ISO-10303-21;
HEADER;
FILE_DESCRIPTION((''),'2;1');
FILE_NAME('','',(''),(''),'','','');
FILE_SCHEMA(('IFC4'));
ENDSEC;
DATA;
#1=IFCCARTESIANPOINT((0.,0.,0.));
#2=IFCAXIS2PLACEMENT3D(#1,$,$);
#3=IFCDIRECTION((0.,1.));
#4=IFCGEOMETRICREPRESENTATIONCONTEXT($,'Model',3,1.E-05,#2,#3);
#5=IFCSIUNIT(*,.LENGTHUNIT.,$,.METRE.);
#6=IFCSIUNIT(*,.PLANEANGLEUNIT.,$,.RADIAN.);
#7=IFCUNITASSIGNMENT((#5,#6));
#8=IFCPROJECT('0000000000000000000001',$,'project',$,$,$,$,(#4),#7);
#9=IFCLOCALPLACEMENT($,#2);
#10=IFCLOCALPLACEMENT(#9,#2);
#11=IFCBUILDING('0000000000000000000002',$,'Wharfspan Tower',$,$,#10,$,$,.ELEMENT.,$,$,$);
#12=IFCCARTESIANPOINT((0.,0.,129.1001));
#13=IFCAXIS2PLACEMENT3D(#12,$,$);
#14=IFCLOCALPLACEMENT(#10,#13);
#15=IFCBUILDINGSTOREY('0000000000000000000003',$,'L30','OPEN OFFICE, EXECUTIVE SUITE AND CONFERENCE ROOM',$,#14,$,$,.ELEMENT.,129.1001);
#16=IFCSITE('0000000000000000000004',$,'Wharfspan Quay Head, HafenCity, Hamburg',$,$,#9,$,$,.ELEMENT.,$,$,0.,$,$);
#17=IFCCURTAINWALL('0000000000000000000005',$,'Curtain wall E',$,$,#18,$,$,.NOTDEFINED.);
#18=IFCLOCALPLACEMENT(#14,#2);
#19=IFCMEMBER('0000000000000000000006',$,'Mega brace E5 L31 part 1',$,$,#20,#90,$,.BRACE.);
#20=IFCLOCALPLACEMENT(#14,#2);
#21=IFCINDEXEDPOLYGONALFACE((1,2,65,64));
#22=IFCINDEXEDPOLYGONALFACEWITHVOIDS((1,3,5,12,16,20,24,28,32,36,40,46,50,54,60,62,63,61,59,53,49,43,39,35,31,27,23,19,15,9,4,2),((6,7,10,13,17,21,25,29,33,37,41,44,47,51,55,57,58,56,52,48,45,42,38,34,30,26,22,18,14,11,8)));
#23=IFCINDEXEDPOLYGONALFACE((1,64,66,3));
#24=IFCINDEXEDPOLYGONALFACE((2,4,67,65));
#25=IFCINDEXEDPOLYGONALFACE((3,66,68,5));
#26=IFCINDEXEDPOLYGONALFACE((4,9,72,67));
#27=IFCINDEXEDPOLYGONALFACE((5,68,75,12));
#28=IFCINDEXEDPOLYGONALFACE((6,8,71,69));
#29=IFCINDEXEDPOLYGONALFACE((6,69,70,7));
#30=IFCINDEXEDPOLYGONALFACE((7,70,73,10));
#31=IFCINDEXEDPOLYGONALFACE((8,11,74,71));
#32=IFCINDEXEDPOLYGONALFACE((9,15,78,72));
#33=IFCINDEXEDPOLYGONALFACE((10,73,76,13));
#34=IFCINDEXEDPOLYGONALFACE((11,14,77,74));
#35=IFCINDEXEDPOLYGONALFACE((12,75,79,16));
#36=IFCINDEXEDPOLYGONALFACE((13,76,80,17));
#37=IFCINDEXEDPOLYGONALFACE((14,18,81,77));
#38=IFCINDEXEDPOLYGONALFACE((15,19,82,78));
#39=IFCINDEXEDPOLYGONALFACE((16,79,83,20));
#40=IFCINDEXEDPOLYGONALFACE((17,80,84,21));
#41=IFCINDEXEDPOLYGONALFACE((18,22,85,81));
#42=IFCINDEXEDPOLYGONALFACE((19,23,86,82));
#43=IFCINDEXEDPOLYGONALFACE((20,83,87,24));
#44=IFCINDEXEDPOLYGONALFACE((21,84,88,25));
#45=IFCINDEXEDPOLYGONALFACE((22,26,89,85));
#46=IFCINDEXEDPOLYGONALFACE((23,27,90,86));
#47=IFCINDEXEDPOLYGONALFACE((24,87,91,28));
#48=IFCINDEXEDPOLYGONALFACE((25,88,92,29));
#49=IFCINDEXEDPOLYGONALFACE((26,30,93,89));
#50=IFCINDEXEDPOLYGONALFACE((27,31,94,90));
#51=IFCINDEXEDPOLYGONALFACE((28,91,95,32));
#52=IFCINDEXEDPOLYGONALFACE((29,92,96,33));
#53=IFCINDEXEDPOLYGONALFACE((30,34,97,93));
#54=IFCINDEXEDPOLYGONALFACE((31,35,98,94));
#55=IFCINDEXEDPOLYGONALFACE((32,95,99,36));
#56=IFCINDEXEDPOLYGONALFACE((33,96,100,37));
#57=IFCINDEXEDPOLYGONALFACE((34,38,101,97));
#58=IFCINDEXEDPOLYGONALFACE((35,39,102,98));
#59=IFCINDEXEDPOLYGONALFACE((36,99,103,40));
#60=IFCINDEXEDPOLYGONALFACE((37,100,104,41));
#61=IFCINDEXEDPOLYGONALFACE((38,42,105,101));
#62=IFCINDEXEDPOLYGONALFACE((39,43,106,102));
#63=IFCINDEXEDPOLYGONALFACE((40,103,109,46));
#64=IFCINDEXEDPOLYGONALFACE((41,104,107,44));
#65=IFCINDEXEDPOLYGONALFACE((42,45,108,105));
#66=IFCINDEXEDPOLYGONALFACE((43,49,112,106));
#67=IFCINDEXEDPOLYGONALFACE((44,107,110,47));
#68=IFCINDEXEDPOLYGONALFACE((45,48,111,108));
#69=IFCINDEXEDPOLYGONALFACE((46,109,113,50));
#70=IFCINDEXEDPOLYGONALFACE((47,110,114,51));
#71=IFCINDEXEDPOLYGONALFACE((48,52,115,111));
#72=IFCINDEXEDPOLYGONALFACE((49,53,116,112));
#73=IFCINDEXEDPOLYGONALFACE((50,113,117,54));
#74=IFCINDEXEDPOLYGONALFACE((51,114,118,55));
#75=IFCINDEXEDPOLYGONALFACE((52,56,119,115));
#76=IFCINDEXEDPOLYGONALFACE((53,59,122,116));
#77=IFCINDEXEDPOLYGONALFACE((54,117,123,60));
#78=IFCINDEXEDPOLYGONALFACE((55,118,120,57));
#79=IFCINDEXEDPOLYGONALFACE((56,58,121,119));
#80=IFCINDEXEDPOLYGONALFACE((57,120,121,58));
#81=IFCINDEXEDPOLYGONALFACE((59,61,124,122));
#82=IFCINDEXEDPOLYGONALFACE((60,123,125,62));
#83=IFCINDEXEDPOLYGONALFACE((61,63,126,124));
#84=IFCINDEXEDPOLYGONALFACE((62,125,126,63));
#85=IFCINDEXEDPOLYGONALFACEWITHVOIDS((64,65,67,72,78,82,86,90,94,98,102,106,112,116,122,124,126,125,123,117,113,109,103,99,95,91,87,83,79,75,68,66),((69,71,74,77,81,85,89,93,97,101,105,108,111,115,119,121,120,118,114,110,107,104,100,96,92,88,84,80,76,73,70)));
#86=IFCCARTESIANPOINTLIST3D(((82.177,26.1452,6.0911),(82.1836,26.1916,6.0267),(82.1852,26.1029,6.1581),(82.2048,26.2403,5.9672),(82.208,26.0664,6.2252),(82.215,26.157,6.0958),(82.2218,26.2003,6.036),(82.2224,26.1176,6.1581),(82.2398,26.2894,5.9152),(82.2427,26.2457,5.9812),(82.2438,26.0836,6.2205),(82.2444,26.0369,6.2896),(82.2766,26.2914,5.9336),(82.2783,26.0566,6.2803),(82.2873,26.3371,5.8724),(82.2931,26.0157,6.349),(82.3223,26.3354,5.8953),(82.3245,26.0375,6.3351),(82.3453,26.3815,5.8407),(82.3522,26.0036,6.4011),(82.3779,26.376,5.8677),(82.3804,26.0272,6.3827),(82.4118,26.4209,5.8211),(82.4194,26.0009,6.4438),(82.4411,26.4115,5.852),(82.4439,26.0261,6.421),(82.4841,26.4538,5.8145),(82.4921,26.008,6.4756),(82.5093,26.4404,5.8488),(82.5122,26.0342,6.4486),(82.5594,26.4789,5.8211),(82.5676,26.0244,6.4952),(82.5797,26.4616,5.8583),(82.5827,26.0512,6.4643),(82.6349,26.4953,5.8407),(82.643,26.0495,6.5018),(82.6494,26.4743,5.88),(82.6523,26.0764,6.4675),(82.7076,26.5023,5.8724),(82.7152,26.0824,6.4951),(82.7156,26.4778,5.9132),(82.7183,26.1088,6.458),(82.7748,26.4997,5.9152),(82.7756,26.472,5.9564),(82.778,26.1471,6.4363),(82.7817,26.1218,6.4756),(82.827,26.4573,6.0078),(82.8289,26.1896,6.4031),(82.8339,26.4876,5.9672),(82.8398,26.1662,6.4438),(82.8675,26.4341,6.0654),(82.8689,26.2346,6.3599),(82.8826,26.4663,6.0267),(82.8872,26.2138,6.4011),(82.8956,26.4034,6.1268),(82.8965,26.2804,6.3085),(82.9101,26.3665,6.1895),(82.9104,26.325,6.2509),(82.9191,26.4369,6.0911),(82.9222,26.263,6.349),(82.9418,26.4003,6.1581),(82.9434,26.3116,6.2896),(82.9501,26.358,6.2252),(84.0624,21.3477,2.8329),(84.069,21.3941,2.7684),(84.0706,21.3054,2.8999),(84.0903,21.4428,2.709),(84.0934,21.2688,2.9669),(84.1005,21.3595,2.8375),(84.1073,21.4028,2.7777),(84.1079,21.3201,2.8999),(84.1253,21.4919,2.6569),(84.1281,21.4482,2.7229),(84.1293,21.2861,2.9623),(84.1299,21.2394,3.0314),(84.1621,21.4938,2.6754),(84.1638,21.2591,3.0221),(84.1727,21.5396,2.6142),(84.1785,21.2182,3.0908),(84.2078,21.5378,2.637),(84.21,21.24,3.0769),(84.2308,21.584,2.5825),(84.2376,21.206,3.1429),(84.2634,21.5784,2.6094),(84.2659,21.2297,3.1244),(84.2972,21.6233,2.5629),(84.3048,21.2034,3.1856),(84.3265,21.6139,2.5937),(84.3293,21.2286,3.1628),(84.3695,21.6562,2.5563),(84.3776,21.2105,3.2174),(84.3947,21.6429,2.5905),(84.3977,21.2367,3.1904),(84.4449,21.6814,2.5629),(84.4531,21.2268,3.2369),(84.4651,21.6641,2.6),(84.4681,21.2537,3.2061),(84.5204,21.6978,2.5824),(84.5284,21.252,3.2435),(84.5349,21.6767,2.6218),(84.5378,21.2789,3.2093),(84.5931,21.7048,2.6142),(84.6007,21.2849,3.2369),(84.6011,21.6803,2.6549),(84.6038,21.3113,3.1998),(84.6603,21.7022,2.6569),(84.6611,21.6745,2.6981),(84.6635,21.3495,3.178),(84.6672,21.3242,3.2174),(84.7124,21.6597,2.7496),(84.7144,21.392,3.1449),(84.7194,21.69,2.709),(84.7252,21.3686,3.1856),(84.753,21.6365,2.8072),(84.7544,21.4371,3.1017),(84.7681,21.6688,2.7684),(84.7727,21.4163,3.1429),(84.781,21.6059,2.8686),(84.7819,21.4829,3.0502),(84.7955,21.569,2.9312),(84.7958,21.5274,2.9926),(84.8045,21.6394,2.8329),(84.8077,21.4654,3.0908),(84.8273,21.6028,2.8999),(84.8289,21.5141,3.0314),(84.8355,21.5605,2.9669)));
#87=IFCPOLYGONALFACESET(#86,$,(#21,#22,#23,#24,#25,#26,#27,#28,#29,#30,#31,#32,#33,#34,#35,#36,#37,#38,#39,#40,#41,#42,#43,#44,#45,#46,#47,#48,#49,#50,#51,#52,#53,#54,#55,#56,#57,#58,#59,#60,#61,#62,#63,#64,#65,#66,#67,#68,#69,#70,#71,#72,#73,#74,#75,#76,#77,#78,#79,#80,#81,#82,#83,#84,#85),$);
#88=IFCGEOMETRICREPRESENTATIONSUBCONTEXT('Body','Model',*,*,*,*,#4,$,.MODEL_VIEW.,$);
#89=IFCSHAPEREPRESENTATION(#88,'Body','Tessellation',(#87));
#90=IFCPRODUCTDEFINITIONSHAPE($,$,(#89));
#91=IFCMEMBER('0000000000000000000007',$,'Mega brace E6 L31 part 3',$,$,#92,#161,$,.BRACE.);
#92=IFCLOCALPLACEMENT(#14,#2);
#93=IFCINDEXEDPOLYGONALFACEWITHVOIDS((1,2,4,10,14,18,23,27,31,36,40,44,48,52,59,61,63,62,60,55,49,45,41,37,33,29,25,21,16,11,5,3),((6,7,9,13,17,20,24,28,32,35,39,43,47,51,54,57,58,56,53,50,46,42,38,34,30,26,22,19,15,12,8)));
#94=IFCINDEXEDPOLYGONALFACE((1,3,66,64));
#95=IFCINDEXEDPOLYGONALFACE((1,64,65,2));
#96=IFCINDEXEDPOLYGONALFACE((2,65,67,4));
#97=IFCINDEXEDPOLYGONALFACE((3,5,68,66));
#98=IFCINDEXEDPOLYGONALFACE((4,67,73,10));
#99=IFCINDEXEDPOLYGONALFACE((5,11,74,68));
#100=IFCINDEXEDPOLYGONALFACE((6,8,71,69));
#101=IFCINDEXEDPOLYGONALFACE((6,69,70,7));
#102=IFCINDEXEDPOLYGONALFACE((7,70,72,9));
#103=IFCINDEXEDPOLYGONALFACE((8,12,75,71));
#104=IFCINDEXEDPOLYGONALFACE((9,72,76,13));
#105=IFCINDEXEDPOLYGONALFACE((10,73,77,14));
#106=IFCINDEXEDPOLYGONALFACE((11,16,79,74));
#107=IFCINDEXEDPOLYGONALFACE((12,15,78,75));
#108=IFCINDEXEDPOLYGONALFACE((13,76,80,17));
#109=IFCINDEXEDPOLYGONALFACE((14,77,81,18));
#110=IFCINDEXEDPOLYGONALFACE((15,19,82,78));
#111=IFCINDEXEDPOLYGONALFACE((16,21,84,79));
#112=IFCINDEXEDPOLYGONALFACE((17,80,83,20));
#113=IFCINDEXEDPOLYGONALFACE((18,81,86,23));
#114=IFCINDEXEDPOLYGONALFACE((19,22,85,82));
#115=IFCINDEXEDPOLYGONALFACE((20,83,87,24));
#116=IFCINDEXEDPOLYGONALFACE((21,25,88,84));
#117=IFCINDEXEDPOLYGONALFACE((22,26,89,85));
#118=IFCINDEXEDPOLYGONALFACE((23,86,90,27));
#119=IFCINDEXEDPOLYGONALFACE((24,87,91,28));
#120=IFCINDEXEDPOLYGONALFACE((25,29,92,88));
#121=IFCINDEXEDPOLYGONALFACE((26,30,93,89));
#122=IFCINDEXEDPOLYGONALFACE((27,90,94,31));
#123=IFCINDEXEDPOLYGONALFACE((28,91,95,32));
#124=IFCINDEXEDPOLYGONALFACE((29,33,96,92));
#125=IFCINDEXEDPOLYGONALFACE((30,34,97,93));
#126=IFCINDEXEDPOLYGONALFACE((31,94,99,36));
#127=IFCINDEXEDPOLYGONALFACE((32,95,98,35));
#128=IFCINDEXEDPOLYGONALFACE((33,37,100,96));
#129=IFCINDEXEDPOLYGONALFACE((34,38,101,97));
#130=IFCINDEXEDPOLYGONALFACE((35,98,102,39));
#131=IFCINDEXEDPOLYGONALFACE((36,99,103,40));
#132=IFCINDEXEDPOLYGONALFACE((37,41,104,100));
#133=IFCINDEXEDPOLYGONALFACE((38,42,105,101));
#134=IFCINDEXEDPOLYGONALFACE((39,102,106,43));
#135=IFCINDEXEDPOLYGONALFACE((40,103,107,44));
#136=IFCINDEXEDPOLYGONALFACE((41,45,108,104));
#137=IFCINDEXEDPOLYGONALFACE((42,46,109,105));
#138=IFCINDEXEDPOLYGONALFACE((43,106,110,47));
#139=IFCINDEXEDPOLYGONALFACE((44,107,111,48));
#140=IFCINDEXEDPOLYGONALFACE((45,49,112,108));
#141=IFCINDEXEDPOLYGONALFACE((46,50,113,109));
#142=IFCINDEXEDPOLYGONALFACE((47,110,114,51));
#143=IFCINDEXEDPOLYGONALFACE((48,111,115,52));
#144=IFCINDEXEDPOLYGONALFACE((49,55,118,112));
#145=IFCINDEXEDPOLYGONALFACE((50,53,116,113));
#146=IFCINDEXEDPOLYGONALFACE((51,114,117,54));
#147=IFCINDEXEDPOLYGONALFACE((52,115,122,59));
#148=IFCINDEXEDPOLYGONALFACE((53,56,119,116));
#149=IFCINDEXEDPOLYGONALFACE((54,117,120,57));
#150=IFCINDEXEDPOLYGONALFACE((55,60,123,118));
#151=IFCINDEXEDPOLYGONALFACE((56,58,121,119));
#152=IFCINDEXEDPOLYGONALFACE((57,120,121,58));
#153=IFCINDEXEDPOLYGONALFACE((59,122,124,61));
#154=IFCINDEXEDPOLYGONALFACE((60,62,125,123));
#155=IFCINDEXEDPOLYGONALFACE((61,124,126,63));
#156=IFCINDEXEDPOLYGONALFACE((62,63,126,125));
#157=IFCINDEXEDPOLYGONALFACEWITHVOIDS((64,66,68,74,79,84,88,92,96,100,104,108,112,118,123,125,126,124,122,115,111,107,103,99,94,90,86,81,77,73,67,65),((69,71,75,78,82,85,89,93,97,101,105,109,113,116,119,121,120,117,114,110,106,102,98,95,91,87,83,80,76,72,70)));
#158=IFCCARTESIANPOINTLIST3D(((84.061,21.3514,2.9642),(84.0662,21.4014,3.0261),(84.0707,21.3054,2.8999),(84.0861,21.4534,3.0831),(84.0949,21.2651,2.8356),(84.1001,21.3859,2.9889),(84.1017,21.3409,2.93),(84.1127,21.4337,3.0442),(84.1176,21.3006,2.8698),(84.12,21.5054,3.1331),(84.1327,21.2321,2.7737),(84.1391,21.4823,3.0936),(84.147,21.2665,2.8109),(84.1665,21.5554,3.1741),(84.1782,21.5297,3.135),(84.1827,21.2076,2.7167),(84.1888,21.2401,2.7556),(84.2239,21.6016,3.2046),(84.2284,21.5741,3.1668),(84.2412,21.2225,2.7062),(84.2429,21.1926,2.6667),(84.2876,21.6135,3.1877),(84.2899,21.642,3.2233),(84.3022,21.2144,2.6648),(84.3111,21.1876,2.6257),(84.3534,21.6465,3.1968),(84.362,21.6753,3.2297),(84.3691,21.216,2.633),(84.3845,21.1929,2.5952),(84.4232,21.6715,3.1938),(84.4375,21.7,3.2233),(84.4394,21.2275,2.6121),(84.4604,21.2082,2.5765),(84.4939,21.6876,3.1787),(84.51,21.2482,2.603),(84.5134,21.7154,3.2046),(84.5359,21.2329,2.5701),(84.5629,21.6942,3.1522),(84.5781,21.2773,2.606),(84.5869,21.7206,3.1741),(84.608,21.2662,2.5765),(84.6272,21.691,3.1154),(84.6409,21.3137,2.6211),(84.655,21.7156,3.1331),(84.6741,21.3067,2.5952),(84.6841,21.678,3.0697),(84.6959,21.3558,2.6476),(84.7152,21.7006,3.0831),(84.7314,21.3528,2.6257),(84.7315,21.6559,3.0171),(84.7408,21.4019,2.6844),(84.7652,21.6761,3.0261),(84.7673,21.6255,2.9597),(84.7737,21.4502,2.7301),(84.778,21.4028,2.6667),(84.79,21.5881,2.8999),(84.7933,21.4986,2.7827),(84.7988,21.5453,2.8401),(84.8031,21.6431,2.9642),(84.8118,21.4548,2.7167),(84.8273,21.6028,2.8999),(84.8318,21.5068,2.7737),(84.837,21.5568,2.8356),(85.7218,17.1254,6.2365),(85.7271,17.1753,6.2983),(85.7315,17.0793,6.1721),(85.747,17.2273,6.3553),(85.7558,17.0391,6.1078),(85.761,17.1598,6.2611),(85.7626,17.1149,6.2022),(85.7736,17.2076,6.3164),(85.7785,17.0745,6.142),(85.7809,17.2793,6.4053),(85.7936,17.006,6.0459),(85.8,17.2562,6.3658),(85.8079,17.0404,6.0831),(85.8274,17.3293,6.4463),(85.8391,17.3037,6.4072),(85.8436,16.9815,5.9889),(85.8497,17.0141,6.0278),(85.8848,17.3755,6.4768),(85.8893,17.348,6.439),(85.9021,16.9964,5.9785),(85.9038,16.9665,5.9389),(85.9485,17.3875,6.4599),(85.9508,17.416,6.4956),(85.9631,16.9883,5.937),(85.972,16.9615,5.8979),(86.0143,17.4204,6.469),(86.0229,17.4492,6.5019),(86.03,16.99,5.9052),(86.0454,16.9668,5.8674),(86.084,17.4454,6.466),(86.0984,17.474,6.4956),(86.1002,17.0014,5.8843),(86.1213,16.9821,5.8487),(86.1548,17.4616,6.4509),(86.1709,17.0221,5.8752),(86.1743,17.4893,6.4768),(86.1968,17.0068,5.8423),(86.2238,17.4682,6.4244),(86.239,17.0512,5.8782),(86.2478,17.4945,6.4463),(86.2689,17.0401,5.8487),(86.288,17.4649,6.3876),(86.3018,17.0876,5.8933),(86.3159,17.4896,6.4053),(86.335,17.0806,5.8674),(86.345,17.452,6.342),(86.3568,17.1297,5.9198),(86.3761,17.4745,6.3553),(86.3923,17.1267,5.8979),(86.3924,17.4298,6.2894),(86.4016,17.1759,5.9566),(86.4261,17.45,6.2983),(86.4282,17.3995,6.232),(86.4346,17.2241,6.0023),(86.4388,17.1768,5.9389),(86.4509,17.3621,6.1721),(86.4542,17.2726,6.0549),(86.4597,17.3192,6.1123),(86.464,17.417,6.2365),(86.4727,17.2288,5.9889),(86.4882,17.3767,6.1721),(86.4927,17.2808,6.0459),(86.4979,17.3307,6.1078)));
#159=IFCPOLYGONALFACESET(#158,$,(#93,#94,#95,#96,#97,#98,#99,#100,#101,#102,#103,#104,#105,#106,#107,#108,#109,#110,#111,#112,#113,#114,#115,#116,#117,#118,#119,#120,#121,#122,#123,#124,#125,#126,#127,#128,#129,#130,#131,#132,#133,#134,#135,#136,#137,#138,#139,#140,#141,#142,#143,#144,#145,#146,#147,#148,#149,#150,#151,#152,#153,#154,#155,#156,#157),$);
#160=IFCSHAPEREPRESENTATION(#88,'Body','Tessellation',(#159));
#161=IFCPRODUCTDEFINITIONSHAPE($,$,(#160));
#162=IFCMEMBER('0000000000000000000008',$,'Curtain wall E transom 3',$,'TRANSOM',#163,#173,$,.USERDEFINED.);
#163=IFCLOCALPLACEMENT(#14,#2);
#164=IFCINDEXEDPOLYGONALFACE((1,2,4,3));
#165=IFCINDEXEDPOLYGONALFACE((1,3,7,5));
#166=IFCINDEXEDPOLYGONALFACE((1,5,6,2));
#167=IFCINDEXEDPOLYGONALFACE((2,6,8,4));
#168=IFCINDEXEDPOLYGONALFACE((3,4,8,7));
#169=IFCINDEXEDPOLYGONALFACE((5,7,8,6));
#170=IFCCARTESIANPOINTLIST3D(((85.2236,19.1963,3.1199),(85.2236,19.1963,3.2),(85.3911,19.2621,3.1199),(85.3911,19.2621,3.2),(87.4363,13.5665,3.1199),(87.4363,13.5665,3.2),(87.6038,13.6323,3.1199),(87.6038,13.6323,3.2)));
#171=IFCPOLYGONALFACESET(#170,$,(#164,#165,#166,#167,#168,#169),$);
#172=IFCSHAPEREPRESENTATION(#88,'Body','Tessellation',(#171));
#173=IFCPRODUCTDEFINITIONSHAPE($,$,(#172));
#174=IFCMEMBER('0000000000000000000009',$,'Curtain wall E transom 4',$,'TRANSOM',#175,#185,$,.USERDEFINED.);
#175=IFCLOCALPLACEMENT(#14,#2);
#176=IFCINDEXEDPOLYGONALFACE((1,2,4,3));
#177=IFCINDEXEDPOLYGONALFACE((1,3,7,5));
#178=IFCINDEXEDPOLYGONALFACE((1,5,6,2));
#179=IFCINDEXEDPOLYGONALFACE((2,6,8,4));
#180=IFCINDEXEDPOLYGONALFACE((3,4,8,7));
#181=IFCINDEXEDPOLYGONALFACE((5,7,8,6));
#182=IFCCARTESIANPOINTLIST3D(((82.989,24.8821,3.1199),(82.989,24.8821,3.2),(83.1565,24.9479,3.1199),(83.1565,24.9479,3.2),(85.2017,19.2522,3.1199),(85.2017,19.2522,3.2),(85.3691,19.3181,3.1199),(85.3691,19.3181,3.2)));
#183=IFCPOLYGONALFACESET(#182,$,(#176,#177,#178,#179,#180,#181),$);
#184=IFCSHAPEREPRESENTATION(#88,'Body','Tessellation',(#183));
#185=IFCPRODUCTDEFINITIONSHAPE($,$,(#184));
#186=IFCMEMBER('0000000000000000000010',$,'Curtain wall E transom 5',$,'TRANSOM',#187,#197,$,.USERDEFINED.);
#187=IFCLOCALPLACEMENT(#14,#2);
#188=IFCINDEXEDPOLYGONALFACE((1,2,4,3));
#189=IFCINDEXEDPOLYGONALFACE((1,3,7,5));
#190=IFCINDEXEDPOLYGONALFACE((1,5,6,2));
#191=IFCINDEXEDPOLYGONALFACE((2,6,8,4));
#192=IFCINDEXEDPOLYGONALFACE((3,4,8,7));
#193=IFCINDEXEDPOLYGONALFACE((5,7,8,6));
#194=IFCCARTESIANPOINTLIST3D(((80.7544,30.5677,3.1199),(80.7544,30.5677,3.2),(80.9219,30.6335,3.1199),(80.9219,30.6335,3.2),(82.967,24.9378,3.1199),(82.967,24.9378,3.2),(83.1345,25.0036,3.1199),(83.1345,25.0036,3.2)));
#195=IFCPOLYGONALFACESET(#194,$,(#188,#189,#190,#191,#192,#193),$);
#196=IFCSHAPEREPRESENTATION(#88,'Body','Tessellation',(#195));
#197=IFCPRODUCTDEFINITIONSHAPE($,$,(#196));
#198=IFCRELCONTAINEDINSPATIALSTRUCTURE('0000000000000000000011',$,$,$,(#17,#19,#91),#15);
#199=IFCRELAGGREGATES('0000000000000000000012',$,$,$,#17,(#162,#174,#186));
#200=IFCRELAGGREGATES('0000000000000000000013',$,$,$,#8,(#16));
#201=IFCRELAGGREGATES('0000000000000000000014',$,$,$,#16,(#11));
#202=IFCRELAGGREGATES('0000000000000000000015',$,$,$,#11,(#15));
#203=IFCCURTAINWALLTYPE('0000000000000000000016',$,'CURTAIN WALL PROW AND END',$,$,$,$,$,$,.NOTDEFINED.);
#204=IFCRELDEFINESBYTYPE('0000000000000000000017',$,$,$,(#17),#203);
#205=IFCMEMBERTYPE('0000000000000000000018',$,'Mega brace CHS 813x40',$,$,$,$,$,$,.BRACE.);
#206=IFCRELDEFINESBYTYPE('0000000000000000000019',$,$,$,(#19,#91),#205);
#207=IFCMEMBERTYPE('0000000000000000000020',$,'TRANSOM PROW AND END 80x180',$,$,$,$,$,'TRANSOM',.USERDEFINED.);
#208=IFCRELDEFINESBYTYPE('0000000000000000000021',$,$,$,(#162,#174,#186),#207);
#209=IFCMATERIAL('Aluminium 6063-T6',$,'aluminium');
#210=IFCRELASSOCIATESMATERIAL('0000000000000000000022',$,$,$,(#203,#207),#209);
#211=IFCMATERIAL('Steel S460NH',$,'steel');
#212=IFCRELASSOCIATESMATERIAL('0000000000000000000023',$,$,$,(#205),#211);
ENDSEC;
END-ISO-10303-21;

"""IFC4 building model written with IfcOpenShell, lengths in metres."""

from ifc_helpers import new_model, si_unit, direction, frame, origin, origin_2d, place, context, subcontext, project, spatial, rectangle, hollow_circle, extrude, material, material_profile, profile_set, type_object, element, aggregate, save


model = new_model("IFC4")

# Units and contexts
model_context = context("Model", 3, precision=1e-05, world=origin(), true_north=direction((0.0, 1.0)))
body_context = subcontext(model_context, "Body", "Model", "MODEL_VIEW")
ifc_project = project(units=[si_unit("LENGTHUNIT", "METRE"), si_unit("PLANEANGLEUNIT", "RADIAN")], contexts=[model_context])

# Site, building, storey
site_placement = place(None, origin())
site = spatial("IfcSite", under=ifc_project, at=site_placement, Name="Wharfspan Quay Head, HafenCity, Hamburg", CompositionType="ELEMENT", RefElevation=0.0)
building_placement = place(site_placement, origin())
building = spatial("IfcBuilding", under=site, at=building_placement, Name="Wharfspan Tower", CompositionType="ELEMENT")
storey_placement = place(building_placement, frame((0.0, 0.0, 129.1001)))
storey = spatial("IfcBuildingStorey", under=building, at=storey_placement, Name="L30", Description="OPEN OFFICE, EXECUTIVE SUITE AND CONFERENCE ROOM", CompositionType="ELEMENT", Elevation=129.1001)

# Curtain wall
ifc_material_1 = material(Name="Aluminium 6063-T6", Category="aluminium")
curtain_wall_type = type_object("IfcCurtainWallType", Name="CURTAIN WALL PROW AND END", PredefinedType="NOTDEFINED", material=ifc_material_1)
curtain_wall_placement = place(storey_placement, origin())
curtain_wall = element("IfcCurtainWall", 1, at=curtain_wall_placement, inside=storey, type_object=curtain_wall_type, Name="Curtain wall E", PredefinedType="NOTDEFINED")

# Members
ifc_material_2 = material(Name="Steel S460NH", Category="steel")
ifc_material_profile_1 = material_profile(ifc_material_2, hollow_circle(Radius=0.4065, WallThickness=0.04, at=origin_2d()))
ifc_profile_set_1 = profile_set([ifc_material_profile_1], Name="Steel S460NH")
member_type_1 = type_object("IfcMemberType", Name="Mega brace CHS 813x40", PredefinedType="BRACE", material=ifc_profile_set_1)
member_1_placement = place(storey_placement, frame((84.449, 21.4541, 2.8999), z_axis=(-0.309187, 0.786719, 0.534301), x_axis=(-0.930704, -0.365777, 0.000004)))
element("IfcMember", 2, at=member_1_placement, inside=storey, type_object=member_type_1, Name="Mega brace E5 L31 part 1", PredefinedType="BRACE", context=body_context, shape_type="SweptSolid", body=[
    extrude(hollow_circle(Radius=0.4065, WallThickness=0.04, at=origin_2d()), origin(), (0.0, 0.0, 1.0), 6.0981),
])
member_2_placement = place(storey_placement, frame((84.449, 21.4541, 2.8999), z_axis=(0.29675, -0.75507, 0.584645), x_axis=(0.930704, 0.365779, 0.000004)))
element("IfcMember", 3, at=member_2_placement, inside=storey, type_object=member_type_1, Name="Mega brace E6 L31 part 3", PredefinedType="BRACE", context=body_context, shape_type="SweptSolid", body=[
    extrude(hollow_circle(Radius=0.4065, WallThickness=0.04, at=origin_2d()), origin(), (0.0, 0.0, 1.0), 5.5969),
])

# Members
ifc_material_profile_2 = material_profile(ifc_material_1, rectangle(XDim=0.1799, YDim=0.0801, at=origin_2d()))
ifc_profile_set_2 = profile_set([ifc_material_profile_2], Name="Aluminium 6063-T6")
member_type_2 = type_object("IfcMemberType", Name="TRANSOM PROW AND END 80x180", ElementType="TRANSOM", PredefinedType="USERDEFINED", material=ifc_profile_set_2)
member_3_placement = place(storey_placement, frame((87.52, 13.5994, 3.1599), z_axis=(-0.365782, 0.9307, 0.0), x_axis=(-0.9307, -0.365782, 0.0)))
member_3 = element("IfcMember", 4, at=member_3_placement, type_object=member_type_2, Name="Curtain wall E transom 3", ObjectType="TRANSOM", PredefinedType="USERDEFINED", context=body_context, shape_type="SweptSolid", body=[
    extrude(rectangle(XDim=0.1799, YDim=0.0801, at=origin_2d()), origin(), (0.0, 0.0, 1.0), 6.0491),
])
member_4_placement = place(storey_placement, frame((85.2854, 19.2852, 3.1599), z_axis=(-0.365782, 0.9307, 0.0), x_axis=(-0.9307, -0.365782, 0.0)))
member_4 = element("IfcMember", 5, at=member_4_placement, type_object=member_type_2, Name="Curtain wall E transom 4", ObjectType="TRANSOM", PredefinedType="USERDEFINED", context=body_context, shape_type="SweptSolid", body=[
    extrude(rectangle(XDim=0.1799, YDim=0.0801, at=origin_2d()), origin(), (0.0, 0.0, 1.0), 6.0491),
])
member_5_placement = place(storey_placement, frame((83.0508, 24.9707, 3.1599), z_axis=(-0.365782, 0.9307, 0.0), x_axis=(-0.9307, -0.365782, 0.0)))
member_5 = element("IfcMember", 6, at=member_5_placement, type_object=member_type_2, Name="Curtain wall E transom 5", ObjectType="TRANSOM", PredefinedType="USERDEFINED", context=body_context, shape_type="SweptSolid", body=[
    extrude(rectangle(XDim=0.1799, YDim=0.0801, at=origin_2d()), origin(), (0.0, 0.0, 1.0), 6.0491),
])

aggregate(curtain_wall, [member_3, member_4, member_5])

save(model, "model.ifc")
